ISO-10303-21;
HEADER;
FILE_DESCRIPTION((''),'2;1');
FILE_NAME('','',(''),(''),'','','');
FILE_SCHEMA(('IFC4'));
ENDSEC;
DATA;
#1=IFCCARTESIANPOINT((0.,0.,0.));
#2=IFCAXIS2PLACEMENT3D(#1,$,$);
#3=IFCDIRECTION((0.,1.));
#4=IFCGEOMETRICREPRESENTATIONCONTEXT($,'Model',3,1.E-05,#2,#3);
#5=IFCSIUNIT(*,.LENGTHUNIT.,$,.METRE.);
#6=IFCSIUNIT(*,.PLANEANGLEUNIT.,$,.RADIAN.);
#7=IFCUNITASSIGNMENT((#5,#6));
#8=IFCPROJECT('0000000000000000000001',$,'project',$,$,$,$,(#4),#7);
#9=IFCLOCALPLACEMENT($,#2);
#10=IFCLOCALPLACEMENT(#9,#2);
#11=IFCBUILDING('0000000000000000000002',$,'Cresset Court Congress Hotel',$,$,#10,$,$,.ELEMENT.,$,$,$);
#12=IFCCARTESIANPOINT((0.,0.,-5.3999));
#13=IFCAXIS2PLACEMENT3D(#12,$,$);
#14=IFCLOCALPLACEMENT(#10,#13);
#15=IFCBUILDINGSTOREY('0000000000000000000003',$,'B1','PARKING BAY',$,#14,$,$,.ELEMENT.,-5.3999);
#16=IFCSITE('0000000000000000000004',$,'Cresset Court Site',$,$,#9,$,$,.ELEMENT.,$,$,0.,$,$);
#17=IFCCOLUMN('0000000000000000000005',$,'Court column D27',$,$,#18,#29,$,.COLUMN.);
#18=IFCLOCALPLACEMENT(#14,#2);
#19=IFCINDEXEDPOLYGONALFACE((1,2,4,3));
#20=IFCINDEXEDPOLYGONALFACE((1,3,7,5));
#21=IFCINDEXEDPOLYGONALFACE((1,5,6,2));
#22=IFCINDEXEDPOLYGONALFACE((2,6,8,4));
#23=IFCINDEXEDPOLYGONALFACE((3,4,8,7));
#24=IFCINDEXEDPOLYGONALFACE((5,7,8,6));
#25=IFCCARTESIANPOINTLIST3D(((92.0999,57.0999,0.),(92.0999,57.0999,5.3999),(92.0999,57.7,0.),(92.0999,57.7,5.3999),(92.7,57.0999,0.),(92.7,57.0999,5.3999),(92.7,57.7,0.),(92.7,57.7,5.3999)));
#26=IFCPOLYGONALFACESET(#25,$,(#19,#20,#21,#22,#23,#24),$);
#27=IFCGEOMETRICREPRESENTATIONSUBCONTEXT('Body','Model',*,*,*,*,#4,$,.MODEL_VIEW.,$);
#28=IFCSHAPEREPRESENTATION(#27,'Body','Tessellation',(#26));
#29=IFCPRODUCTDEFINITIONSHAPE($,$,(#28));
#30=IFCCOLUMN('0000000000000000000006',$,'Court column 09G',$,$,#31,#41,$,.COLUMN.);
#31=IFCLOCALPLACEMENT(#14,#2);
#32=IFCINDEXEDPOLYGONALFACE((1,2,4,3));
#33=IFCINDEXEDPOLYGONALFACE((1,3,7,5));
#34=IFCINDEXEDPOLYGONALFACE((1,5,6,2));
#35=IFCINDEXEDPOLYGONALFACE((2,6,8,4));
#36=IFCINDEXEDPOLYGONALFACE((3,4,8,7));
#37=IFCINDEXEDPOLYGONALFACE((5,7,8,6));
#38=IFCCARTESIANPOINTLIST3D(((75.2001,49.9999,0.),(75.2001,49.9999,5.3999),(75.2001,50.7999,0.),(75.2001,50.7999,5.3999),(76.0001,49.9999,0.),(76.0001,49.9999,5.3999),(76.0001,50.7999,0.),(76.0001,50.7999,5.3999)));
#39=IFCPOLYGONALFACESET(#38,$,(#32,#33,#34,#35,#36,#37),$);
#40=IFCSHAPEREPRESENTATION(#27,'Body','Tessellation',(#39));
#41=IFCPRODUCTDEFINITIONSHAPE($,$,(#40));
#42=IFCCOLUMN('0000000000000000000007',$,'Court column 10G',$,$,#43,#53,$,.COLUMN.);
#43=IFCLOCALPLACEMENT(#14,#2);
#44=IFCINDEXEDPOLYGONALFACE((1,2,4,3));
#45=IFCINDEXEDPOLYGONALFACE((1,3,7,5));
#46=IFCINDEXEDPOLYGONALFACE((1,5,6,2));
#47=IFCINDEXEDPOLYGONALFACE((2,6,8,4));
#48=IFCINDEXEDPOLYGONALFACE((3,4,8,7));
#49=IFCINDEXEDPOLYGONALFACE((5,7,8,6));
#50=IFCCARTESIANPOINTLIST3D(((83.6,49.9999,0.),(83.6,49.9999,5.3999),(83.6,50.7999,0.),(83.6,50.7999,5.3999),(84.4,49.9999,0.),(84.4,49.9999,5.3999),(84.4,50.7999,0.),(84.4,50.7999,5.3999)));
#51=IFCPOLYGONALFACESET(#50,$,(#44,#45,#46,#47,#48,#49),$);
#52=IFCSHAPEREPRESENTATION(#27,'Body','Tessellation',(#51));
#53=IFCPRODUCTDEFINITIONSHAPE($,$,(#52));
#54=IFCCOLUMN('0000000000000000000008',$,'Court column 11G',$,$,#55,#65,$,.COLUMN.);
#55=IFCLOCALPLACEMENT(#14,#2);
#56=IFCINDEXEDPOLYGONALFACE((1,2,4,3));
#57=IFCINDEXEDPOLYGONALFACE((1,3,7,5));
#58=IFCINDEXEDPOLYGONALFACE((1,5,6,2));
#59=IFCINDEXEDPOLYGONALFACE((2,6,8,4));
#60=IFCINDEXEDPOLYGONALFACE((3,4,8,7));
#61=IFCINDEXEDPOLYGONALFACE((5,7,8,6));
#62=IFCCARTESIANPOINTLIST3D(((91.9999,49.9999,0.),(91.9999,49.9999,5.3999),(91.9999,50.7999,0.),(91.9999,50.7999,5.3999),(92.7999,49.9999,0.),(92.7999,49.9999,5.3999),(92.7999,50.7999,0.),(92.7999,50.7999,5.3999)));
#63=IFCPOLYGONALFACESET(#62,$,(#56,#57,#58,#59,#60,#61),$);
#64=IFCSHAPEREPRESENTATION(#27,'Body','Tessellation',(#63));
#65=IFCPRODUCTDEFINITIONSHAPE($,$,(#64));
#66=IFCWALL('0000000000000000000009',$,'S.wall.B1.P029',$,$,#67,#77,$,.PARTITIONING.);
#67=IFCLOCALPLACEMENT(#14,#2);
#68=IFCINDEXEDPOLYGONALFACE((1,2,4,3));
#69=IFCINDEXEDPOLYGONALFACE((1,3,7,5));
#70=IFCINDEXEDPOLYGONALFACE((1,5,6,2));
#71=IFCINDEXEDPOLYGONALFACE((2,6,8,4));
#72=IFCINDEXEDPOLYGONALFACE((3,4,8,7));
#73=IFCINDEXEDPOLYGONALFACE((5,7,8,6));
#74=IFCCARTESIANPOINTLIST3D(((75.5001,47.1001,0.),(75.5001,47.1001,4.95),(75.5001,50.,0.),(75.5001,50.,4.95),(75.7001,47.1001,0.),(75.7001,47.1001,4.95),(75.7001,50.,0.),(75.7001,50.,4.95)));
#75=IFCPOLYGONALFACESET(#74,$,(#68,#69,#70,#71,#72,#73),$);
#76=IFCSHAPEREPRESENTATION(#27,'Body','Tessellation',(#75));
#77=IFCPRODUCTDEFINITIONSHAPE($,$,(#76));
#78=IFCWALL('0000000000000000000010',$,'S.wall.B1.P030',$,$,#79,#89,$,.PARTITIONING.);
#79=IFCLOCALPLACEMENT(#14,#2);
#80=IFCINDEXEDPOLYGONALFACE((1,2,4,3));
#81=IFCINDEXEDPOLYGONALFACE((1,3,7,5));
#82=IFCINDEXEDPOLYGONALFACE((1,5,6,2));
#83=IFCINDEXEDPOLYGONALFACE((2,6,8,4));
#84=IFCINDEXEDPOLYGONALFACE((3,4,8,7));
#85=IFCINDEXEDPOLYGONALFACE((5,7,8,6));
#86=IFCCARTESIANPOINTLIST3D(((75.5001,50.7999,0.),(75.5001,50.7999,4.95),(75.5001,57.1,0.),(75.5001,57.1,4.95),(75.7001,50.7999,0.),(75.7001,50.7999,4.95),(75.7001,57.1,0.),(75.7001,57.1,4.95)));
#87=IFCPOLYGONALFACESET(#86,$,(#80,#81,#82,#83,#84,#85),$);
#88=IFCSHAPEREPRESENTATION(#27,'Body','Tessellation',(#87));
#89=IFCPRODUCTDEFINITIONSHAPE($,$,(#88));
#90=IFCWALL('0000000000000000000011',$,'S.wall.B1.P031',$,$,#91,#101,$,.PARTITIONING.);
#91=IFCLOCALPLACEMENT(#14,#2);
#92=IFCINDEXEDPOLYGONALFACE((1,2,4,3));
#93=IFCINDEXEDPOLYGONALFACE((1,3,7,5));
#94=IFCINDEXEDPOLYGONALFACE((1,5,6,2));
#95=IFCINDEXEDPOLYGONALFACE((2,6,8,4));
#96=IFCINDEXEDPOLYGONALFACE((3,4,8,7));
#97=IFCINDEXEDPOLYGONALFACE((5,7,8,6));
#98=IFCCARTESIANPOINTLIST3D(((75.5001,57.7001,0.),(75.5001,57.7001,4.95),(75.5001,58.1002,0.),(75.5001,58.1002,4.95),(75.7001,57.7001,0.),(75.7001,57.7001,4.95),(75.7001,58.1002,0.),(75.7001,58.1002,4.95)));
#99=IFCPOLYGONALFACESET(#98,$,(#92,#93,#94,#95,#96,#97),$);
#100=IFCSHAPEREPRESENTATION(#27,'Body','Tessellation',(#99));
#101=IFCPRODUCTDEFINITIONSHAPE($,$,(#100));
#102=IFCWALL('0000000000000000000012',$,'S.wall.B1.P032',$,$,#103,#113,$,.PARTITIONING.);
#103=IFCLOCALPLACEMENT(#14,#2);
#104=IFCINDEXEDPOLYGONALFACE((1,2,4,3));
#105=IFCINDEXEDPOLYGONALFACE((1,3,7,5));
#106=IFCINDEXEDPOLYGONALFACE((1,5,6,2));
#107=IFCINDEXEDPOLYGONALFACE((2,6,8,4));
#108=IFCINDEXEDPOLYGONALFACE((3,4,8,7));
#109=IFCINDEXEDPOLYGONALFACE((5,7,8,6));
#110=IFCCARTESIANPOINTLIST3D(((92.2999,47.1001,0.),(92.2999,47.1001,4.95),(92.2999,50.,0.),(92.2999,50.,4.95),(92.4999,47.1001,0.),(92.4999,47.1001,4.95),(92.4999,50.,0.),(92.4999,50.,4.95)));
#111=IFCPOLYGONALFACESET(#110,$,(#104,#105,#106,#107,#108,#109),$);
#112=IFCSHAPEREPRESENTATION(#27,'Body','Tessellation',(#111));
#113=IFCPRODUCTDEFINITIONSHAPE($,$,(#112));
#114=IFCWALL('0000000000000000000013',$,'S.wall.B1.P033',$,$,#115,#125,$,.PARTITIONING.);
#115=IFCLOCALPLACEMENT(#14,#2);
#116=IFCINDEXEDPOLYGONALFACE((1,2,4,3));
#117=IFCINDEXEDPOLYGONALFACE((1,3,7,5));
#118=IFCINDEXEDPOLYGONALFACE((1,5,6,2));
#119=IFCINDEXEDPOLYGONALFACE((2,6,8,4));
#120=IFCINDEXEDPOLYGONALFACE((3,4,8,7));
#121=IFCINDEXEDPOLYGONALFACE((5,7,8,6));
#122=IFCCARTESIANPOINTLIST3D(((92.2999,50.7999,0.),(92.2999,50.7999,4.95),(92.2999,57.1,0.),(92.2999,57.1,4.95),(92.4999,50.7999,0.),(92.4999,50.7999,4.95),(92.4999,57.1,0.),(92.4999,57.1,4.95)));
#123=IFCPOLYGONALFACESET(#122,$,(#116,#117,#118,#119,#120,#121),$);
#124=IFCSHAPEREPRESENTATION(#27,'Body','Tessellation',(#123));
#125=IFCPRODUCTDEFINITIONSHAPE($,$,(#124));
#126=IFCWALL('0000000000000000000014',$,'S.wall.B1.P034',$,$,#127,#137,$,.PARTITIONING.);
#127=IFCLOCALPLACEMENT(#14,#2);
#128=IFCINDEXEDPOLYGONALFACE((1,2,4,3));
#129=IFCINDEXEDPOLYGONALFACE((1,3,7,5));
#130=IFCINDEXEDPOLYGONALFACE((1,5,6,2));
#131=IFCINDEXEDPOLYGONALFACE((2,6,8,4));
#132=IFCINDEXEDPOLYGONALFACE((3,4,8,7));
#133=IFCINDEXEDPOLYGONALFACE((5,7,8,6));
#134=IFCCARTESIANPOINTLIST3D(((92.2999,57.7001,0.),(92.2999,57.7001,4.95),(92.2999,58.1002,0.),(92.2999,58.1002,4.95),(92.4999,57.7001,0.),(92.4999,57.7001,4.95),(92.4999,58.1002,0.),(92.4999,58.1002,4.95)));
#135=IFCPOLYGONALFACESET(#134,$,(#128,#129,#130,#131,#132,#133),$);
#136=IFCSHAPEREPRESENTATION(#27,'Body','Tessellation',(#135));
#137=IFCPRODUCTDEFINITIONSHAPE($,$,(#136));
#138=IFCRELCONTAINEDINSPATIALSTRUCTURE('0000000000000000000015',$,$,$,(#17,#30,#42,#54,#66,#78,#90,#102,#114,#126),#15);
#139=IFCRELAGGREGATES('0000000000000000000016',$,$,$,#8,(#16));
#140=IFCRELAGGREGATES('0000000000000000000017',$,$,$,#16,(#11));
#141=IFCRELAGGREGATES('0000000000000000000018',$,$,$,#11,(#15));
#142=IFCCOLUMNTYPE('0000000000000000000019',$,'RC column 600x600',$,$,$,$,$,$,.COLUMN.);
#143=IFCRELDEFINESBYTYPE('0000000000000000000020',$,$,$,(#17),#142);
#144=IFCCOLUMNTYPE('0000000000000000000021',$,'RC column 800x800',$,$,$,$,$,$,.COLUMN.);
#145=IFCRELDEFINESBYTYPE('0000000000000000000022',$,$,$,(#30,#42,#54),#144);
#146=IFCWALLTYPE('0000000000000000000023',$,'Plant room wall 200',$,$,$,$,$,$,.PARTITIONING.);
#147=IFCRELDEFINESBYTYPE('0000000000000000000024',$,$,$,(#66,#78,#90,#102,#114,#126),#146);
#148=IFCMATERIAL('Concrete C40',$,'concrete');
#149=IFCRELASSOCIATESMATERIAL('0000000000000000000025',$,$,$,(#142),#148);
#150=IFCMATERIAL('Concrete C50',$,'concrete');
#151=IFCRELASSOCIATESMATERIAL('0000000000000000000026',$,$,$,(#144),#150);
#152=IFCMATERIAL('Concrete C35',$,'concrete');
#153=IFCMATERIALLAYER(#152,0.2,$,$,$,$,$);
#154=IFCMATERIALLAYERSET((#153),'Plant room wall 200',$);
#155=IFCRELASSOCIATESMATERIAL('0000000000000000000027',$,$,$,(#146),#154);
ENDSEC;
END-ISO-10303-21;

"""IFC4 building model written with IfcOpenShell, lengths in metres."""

from ifc_helpers import new_model, si_unit, direction, frame, frame_2d, origin, origin_2d, place, context, subcontext, project, spatial, rectangle, extrude, material, layer, layer_set, material_profile, profile_set, type_object, element, save


model = new_model("IFC4")

# Units and contexts
model_context = context("Model", 3, precision=1e-05, world=origin(), true_north=direction((0.0, 1.0)))
body_context = subcontext(model_context, "Body", "Model", "MODEL_VIEW")
ifc_project = project(units=[si_unit("LENGTHUNIT", "METRE"), si_unit("PLANEANGLEUNIT", "RADIAN")], contexts=[model_context])

# Site, building, storey
site_placement = place(None, origin())
site = spatial("IfcSite", under=ifc_project, at=site_placement, Name="Cresset Court Site", CompositionType="ELEMENT", RefElevation=0.0)
building_placement = place(site_placement, origin())
building = spatial("IfcBuilding", under=site, at=building_placement, Name="Cresset Court Congress Hotel", CompositionType="ELEMENT")
storey_placement = place(building_placement, frame((0.0, 0.0, -5.3999)))
storey = spatial("IfcBuildingStorey", under=building, at=storey_placement, Name="B1", Description="PARKING BAY", CompositionType="ELEMENT", Elevation=-5.3999)

# Columns
ifc_material_1 = material(Name="Concrete C40", Category="concrete")
ifc_material_profile_1 = material_profile(ifc_material_1, rectangle(XDim=0.6001, YDim=0.6001, at=origin_2d()), Name="RC600x600")
ifc_profile_set_1 = profile_set([ifc_material_profile_1], Name="Concrete C40")
column_type_1 = type_object("IfcColumnType", Name="RC column 600x600", PredefinedType="COLUMN", material=ifc_profile_set_1)
for number, where, z_axis, x_axis, name in (
    (1, (92.3999, 57.3999, 0.0), (0.0, 0.0, 1.0), (1.0, 0.0, 0.0), "Court column D27"),
):
    element("IfcColumn", number, at=place(storey_placement, frame(where, z_axis=z_axis, x_axis=x_axis)), inside=storey, type_object=column_type_1, Name=name, PredefinedType="COLUMN", context=body_context, shape_type="SweptSolid", body=[
        extrude(rectangle(XDim=0.6001, YDim=0.6001, at=origin_2d()), origin(), (0.0, 0.0, 1.0), 5.3999),
    ])
ifc_material_2 = material(Name="Concrete C50", Category="concrete")
ifc_material_profile_2 = material_profile(ifc_material_2, rectangle(XDim=0.8, YDim=0.8, at=origin_2d()), Name="RC800x800")
ifc_profile_set_2 = profile_set([ifc_material_profile_2], Name="Concrete C50")
column_type_2 = type_object("IfcColumnType", Name="RC column 800x800", PredefinedType="COLUMN", material=ifc_profile_set_2)
for number, where, z_axis, x_axis, name in (
    (2, (75.6001, 50.3999, 0.0), (0.0, 0.0, 1.0), (1.0, 0.0, 0.0), "Court column 09G"),
    (3, (84.0, 50.3999, 0.0), (0.0, 0.0, 1.0), (1.0, 0.0, 0.0), "Court column 10G"),
    (4, (92.3999, 50.3999, 0.0), (0.0, 0.0, 1.0), (1.0, 0.0, 0.0), "Court column 11G"),
):
    element("IfcColumn", number, at=place(storey_placement, frame(where, z_axis=z_axis, x_axis=x_axis)), inside=storey, type_object=column_type_2, Name=name, PredefinedType="COLUMN", context=body_context, shape_type="SweptSolid", body=[
        extrude(rectangle(XDim=0.8, YDim=0.8, at=origin_2d()), origin(), (0.0, 0.0, 1.0), 5.3999),
    ])

# Walls
ifc_material_3 = material(Name="Concrete C35", Category="concrete")
ifc_layer = layer(ifc_material_3, 0.2)
ifc_layer_set = layer_set([ifc_layer], Name="Plant room wall 200")
wall_type = type_object("IfcWallType", Name="Plant room wall 200", PredefinedType="PARTITIONING", material=ifc_layer_set)
wall_1_placement = place(storey_placement, frame((75.6001, 47.1001, 0.0), z_axis=(0.0, 0.0, 1.0), x_axis=(0.0, 1.0, 0.0)))
element("IfcWall", 5, at=wall_1_placement, inside=storey, type_object=wall_type, Name="S.wall.B1.P029", PredefinedType="PARTITIONING", context=body_context, shape_type="SweptSolid", body=[
    extrude(rectangle(XDim=2.8999, YDim=0.2, at=frame_2d((1.45, 0.0))), origin(), (0.0, 0.0, 1.0), 4.95),
])
wall_2_placement = place(storey_placement, frame((75.6001, 50.8, 0.0), z_axis=(0.0, 0.0, 1.0), x_axis=(0.0, 1.0, 0.0)))
element("IfcWall", 6, at=wall_2_placement, inside=storey, type_object=wall_type, Name="S.wall.B1.P030", PredefinedType="PARTITIONING", context=body_context, shape_type="SweptSolid", body=[
    extrude(rectangle(XDim=6.3, YDim=0.2, at=frame_2d((3.1499, 0.0))), origin(), (0.0, 0.0, 1.0), 4.95),
])
wall_3_placement = place(storey_placement, frame((75.6001, 57.7, 0.0), z_axis=(0.0, 0.0, 1.0), x_axis=(0.0, 1.0, 0.0)))
element("IfcWall", 7, at=wall_3_placement, inside=storey, type_object=wall_type, Name="S.wall.B1.P031", PredefinedType="PARTITIONING", context=body_context, shape_type="SweptSolid", body=[
    extrude(rectangle(XDim=0.4001, YDim=0.2, at=frame_2d((0.2002, 0.0))), origin(), (0.0, 0.0, 1.0), 4.95),
])
wall_4_placement = place(storey_placement, frame((92.3999, 47.1001, 0.0), z_axis=(0.0, 0.0, 1.0), x_axis=(0.0, 1.0, 0.0)))
element("IfcWall", 8, at=wall_4_placement, inside=storey, type_object=wall_type, Name="S.wall.B1.P032", PredefinedType="PARTITIONING", context=body_context, shape_type="SweptSolid", body=[
    extrude(rectangle(XDim=2.8999, YDim=0.2, at=frame_2d((1.45, 0.0))), origin(), (0.0, 0.0, 1.0), 4.95),
])
wall_5_placement = place(storey_placement, frame((92.3999, 50.8, 0.0), z_axis=(0.0, 0.0, 1.0), x_axis=(0.0, 1.0, 0.0)))
element("IfcWall", 9, at=wall_5_placement, inside=storey, type_object=wall_type, Name="S.wall.B1.P033", PredefinedType="PARTITIONING", context=body_context, shape_type="SweptSolid", body=[
    extrude(rectangle(XDim=6.3, YDim=0.2, at=frame_2d((3.1499, 0.0))), origin(), (0.0, 0.0, 1.0), 4.95),
])
wall_6_placement = place(storey_placement, frame((92.3999, 57.7, 0.0), z_axis=(0.0, 0.0, 1.0), x_axis=(0.0, 1.0, 0.0)))
element("IfcWall", 10, at=wall_6_placement, inside=storey, type_object=wall_type, Name="S.wall.B1.P034", PredefinedType="PARTITIONING", context=body_context, shape_type="SweptSolid", body=[
    extrude(rectangle(XDim=0.4001, YDim=0.2, at=frame_2d((0.2002, 0.0))), origin(), (0.0, 0.0, 1.0), 4.95),
])

save(model, "model.ifc")
